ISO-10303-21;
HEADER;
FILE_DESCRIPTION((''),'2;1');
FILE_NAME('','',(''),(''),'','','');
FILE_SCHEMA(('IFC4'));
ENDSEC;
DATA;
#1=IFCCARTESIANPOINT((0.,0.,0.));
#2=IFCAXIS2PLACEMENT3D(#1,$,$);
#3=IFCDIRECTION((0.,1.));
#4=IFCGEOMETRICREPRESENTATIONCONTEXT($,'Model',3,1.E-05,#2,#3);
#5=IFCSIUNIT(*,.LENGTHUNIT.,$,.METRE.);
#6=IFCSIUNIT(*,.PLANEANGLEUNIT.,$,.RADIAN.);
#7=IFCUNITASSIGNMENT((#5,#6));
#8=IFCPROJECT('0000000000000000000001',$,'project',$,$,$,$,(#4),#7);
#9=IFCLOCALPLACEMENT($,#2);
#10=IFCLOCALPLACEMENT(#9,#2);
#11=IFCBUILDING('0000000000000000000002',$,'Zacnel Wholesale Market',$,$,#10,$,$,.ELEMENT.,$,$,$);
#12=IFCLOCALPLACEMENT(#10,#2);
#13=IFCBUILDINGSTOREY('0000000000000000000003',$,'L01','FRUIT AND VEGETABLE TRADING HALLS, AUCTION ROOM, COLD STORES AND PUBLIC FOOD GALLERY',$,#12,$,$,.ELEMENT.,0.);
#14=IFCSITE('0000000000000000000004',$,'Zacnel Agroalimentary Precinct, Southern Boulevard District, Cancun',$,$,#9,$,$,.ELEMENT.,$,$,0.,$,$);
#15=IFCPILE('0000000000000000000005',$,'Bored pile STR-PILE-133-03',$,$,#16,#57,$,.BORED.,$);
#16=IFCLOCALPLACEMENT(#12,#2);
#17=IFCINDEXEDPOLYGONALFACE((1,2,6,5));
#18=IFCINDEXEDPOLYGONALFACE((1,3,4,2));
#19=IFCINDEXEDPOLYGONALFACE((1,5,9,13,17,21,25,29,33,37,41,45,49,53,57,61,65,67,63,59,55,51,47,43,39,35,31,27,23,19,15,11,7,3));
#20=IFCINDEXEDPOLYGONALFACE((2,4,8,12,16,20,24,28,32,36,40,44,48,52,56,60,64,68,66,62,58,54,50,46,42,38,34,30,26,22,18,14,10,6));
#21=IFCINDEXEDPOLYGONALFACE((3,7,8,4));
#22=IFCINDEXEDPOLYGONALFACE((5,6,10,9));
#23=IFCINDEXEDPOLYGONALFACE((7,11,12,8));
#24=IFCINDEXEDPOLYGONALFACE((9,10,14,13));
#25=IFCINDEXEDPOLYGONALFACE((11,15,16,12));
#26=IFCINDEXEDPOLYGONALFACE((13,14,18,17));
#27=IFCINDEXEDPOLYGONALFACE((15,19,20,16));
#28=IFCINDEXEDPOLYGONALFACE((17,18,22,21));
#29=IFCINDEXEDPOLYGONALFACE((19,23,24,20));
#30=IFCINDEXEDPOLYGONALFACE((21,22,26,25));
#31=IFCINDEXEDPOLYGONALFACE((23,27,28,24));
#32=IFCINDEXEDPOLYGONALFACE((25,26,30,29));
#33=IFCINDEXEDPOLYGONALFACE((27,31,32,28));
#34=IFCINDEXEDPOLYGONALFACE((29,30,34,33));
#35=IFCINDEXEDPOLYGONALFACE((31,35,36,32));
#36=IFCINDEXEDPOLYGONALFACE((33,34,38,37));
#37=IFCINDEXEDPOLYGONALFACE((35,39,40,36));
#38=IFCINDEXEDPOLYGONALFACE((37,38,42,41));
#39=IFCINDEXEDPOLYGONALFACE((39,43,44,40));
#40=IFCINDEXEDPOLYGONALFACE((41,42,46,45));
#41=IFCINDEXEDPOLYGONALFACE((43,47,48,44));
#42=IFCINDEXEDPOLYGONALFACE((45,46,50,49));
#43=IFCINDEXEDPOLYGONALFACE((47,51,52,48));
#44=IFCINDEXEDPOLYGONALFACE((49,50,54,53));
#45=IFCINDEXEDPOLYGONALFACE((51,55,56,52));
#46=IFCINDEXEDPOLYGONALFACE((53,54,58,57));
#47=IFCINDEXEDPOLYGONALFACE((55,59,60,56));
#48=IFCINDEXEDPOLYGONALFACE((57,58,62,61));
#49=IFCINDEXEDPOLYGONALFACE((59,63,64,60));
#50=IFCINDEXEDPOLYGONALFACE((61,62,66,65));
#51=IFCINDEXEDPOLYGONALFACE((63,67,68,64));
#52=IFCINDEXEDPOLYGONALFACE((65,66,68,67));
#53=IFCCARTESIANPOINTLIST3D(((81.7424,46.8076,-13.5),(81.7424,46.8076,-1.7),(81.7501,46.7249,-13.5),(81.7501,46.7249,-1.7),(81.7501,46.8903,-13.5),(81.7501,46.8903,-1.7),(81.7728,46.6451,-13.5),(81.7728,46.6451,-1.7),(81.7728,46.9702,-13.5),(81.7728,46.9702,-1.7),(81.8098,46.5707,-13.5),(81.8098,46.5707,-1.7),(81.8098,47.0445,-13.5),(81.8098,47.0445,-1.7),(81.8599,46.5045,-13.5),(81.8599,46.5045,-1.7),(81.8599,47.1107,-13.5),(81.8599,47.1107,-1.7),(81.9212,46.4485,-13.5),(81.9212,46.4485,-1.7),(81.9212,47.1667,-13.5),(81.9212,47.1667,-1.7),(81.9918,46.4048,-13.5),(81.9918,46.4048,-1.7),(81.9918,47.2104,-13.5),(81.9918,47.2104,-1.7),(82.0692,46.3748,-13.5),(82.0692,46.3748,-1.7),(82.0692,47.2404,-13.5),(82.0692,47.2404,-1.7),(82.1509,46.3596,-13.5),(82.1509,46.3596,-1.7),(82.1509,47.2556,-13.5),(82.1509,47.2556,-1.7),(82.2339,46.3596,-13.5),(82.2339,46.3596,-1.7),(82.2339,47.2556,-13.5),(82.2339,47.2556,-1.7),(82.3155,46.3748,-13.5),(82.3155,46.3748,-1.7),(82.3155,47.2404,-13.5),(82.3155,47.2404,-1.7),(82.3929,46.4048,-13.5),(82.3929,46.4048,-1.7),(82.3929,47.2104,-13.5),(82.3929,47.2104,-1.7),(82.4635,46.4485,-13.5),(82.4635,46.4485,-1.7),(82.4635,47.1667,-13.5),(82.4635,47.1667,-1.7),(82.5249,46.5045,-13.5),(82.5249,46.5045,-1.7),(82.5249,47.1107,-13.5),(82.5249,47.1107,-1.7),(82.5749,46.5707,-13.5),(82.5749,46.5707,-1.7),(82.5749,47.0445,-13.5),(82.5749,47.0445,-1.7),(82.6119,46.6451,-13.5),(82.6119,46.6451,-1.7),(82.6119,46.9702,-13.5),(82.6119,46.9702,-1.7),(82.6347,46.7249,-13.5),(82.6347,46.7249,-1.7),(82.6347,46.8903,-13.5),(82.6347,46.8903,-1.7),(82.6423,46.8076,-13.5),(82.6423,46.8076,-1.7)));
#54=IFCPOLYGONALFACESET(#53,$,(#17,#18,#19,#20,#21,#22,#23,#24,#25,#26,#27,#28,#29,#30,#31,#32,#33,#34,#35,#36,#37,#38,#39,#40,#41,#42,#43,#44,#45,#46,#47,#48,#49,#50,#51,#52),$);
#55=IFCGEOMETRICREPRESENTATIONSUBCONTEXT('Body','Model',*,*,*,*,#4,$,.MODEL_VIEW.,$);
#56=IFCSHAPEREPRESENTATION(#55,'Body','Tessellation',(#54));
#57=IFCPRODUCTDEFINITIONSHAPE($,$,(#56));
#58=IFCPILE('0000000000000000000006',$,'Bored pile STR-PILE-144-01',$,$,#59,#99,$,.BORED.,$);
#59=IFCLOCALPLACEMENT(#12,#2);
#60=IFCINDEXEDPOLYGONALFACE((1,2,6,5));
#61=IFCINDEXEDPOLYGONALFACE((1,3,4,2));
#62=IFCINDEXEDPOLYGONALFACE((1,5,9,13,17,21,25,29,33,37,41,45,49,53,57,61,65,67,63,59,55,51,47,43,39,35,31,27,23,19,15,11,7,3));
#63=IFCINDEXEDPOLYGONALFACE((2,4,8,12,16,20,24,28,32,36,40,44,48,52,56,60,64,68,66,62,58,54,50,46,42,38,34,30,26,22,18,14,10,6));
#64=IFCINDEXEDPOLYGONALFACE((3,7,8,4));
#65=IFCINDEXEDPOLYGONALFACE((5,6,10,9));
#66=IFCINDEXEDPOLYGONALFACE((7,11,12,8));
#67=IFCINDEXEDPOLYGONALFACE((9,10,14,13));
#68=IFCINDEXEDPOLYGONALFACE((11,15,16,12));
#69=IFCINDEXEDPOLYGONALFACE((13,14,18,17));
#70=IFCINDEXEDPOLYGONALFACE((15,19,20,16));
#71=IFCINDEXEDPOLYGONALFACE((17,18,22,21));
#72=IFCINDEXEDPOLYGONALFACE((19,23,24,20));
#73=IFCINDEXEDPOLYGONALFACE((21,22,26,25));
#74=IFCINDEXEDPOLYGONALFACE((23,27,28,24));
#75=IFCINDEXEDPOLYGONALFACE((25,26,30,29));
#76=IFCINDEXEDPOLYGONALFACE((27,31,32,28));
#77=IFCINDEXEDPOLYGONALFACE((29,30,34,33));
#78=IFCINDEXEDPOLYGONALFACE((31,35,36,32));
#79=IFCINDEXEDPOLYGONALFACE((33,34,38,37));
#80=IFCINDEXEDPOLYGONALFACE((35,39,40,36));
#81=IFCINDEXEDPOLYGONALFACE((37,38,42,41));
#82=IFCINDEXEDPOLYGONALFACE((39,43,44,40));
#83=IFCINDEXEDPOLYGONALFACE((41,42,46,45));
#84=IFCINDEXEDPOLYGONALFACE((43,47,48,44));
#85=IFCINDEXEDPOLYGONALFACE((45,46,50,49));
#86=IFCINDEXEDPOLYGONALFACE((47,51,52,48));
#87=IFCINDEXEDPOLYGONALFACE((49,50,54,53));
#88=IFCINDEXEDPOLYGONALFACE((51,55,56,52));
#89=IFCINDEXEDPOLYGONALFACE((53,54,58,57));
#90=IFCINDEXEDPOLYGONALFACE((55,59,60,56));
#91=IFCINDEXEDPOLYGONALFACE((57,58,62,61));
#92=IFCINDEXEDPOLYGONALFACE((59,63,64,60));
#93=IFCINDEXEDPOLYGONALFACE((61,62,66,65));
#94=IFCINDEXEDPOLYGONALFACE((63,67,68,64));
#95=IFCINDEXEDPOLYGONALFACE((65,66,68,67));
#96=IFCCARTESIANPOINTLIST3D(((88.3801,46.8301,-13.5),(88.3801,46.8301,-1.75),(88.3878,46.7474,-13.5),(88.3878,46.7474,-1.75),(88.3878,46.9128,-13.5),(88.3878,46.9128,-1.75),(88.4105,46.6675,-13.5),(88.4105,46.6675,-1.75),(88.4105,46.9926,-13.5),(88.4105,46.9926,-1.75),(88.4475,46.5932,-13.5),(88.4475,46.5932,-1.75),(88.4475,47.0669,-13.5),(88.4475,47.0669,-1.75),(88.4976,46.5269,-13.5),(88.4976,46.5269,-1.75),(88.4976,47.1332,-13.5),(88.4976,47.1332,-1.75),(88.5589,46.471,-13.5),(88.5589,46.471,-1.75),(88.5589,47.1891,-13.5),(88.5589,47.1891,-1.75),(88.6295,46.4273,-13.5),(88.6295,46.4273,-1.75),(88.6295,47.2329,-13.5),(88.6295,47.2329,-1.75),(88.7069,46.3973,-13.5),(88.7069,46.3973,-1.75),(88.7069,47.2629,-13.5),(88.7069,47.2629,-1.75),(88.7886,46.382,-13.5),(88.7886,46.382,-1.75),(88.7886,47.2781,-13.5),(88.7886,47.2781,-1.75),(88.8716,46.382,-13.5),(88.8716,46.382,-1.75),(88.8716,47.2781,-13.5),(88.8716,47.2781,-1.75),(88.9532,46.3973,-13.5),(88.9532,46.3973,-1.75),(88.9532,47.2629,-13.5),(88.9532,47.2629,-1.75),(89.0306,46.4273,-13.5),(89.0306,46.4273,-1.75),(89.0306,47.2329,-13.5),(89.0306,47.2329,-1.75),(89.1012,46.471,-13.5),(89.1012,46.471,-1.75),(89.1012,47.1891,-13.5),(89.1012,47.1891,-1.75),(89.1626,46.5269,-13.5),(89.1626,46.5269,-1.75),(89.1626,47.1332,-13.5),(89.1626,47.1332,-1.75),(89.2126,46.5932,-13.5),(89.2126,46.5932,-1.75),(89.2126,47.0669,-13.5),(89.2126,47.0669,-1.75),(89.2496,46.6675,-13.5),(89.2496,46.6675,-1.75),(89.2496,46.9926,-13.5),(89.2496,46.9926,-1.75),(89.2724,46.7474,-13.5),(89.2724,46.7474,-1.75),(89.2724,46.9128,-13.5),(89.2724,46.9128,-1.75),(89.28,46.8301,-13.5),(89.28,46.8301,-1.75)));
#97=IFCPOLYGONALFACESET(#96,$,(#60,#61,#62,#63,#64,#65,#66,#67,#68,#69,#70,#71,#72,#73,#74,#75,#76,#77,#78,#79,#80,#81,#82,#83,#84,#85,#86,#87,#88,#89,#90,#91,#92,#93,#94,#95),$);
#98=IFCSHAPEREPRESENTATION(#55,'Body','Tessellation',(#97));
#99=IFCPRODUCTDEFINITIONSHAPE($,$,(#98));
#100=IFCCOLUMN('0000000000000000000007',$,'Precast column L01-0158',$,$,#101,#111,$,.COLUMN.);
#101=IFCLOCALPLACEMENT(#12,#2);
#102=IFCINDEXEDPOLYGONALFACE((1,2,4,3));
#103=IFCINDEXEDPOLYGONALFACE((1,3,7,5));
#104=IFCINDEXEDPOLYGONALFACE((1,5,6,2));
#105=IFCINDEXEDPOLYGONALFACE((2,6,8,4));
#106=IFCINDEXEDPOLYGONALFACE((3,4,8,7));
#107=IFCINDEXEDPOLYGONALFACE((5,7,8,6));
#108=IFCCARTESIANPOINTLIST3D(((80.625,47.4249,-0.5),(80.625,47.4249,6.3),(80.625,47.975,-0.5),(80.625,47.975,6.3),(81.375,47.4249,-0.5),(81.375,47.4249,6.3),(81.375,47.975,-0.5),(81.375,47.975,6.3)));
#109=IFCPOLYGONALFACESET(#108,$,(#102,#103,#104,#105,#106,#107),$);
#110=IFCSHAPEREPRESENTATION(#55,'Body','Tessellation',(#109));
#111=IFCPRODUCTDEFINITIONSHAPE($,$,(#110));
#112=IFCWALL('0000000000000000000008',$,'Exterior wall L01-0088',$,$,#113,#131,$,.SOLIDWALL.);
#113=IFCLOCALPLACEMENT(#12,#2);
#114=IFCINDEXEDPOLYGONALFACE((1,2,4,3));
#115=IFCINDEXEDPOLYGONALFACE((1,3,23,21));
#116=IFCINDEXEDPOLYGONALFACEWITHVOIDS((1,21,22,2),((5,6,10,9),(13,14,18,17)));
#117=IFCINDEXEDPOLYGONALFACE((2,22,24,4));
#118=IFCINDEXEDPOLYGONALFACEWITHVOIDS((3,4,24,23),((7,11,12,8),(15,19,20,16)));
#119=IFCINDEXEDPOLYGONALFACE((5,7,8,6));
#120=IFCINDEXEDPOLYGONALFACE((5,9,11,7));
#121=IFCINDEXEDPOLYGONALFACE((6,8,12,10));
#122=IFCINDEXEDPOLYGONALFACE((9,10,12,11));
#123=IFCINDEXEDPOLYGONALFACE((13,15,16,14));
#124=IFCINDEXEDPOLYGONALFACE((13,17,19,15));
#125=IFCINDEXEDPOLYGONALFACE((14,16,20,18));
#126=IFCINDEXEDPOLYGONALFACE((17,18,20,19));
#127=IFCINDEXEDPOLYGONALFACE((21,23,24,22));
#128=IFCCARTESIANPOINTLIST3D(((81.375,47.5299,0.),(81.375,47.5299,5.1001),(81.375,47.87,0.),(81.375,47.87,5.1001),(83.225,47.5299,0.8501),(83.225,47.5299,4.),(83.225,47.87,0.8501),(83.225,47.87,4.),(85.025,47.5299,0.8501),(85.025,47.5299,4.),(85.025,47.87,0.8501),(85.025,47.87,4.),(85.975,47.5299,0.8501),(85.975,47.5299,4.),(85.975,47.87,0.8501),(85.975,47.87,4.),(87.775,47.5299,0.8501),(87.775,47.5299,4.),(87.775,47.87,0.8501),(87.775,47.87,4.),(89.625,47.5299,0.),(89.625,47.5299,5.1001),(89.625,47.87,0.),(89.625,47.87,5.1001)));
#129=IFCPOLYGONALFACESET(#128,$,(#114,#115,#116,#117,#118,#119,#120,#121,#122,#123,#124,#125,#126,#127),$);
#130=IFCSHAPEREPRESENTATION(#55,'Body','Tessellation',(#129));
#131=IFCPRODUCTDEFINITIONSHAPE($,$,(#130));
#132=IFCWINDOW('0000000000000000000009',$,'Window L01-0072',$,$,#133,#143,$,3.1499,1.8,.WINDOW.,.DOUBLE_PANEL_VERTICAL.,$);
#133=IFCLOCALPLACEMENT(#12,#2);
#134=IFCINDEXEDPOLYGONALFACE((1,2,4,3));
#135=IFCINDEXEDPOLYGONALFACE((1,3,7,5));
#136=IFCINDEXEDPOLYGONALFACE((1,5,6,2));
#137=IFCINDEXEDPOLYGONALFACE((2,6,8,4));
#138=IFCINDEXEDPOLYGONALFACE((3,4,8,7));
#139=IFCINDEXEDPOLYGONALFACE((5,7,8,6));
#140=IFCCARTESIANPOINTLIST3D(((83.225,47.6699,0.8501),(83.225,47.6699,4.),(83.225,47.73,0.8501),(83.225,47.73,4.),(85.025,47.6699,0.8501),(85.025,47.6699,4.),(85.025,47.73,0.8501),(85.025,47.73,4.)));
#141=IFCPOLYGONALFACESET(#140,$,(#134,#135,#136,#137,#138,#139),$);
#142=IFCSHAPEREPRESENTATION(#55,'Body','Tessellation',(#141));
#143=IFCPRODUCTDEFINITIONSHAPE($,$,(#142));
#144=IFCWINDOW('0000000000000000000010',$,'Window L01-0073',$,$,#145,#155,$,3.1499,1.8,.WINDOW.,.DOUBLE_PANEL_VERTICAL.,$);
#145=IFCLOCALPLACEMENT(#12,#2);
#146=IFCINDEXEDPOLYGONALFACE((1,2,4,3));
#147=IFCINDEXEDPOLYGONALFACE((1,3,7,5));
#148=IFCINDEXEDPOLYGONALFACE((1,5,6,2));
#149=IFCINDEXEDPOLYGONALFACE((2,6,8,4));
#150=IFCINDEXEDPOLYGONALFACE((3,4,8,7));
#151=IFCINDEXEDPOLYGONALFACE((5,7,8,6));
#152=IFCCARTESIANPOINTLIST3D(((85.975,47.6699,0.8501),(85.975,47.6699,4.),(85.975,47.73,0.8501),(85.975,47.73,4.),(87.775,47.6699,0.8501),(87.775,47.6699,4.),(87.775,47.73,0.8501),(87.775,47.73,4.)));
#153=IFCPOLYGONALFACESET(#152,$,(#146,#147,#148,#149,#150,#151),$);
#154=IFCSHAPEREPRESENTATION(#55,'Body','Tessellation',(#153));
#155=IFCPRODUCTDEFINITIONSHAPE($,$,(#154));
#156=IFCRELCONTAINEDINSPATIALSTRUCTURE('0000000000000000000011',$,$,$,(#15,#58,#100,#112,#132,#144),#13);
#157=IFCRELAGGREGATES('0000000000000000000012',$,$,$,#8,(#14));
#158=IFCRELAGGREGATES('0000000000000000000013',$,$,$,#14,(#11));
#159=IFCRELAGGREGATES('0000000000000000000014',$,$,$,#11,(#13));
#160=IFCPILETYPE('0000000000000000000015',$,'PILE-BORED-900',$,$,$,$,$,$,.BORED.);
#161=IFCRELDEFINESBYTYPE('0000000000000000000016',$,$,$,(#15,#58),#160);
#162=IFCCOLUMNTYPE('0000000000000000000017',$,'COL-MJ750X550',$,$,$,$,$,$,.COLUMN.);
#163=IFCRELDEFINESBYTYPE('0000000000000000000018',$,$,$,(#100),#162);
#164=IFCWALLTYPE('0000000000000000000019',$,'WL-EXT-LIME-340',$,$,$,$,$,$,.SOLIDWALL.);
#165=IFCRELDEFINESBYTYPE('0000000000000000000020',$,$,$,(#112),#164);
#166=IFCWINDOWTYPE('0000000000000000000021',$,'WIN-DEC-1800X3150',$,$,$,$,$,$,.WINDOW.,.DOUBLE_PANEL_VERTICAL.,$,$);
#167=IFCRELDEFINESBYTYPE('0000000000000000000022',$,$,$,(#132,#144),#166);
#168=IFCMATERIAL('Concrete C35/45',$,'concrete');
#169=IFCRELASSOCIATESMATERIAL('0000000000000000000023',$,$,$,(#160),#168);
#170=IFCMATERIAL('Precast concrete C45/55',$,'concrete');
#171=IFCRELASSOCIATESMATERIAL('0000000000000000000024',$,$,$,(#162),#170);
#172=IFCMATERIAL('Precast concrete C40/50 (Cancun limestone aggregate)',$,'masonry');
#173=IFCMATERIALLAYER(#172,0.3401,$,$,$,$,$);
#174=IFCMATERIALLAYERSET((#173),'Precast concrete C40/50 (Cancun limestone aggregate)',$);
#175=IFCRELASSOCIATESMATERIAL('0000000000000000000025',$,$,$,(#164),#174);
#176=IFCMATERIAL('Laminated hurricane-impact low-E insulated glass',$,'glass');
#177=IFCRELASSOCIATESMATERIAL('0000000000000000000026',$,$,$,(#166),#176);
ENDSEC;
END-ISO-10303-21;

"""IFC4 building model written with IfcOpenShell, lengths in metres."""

from ifc_helpers import new_model, si_unit, direction, frame, frame_2d, origin, origin_2d, place, context, subcontext, project, spatial, rectangle, circle, extrude, material, layer, layer_set, material_profile, profile_set, type_object, element, fill, save


model = new_model("IFC4")

# Units and contexts
model_context = context("Model", 3, precision=1e-05, world=origin(), true_north=direction((0.0, 1.0)))
body_context = subcontext(model_context, "Body", "Model", "MODEL_VIEW")
ifc_project = project(units=[si_unit("LENGTHUNIT", "METRE"), si_unit("PLANEANGLEUNIT", "RADIAN")], contexts=[model_context])

# Site, building, storey
site_placement = place(None, origin())
site = spatial("IfcSite", under=ifc_project, at=site_placement, Name="Zacnel Agroalimentary Precinct, Southern Boulevard District, Cancun", CompositionType="ELEMENT", RefElevation=0.0)
building_placement = place(site_placement, origin())
building = spatial("IfcBuilding", under=site, at=building_placement, Name="Zacnel Wholesale Market", CompositionType="ELEMENT")
storey_placement = place(building_placement, origin())
storey = spatial("IfcBuildingStorey", under=building, at=storey_placement, Name="L01", Description="FRUIT AND VEGETABLE TRADING HALLS, AUCTION ROOM, COLD STORES AND PUBLIC FOOD GALLERY", CompositionType="ELEMENT", Elevation=0.0)

# Piles
ifc_material_1 = material(Name="Concrete C35/45", Category="concrete")
ifc_material_profile_1 = material_profile(ifc_material_1, circle(Radius=0.45, at=origin_2d()), Name="BORED PILE D900")
ifc_profile_set_1 = profile_set([ifc_material_profile_1], Name="Concrete C35/45")
pile_type_1 = type_object("IfcPileType", Name="PILE-BORED-900", PredefinedType="BORED", material=ifc_profile_set_1)
for number, where, z_axis, x_axis, name in (
    (1, (82.1924, 46.8076, -1.7), (0.0, 0.0, -1.0), (1.0, 0.0, 0.0), "Bored pile STR-PILE-133-03"),
):
    element("IfcPile", number, at=place(storey_placement, frame(where, z_axis=z_axis, x_axis=x_axis)), inside=storey, type_object=pile_type_1, Name=name, PredefinedType="BORED", context=body_context, shape_type="SweptSolid", body=[
        extrude(circle(Radius=0.45, at=origin_2d()), origin(), (0.0, 0.0, 1.0), 11.8),
    ])
pile_1_placement = place(storey_placement, frame((88.8301, 46.8301, -1.75), z_axis=(0.0, 0.0, -1.0), x_axis=(1.0, 0.0, 0.0)))
element("IfcPile", 2, at=pile_1_placement, inside=storey, type_object=pile_type_1, Name="Bored pile STR-PILE-144-01", PredefinedType="BORED", context=body_context, shape_type="SweptSolid", body=[
    extrude(circle(Radius=0.45, at=origin_2d()), origin(), (0.0, 0.0, 1.0), 11.75),
])

# Column
ifc_material_2 = material(Name="Precast concrete C45/55", Category="concrete")
ifc_material_profile_2 = material_profile(ifc_material_2, rectangle(XDim=0.75, YDim=0.55, at=origin_2d()), Name="PC 750x550")
ifc_profile_set_2 = profile_set([ifc_material_profile_2], Name="Precast concrete C45/55")
column_type = type_object("IfcColumnType", Name="COL-MJ750X550", PredefinedType="COLUMN", material=ifc_profile_set_2)
column_placement = place(storey_placement, frame((81.0, 47.7, -0.5), z_axis=(0.0, 0.0, 1.0), x_axis=(1.0, 0.0, 0.0)))
element("IfcColumn", 3, at=column_placement, inside=storey, type_object=column_type, Name="Precast column L01-0158", PredefinedType="COLUMN", context=body_context, shape_type="SweptSolid", body=[
    extrude(rectangle(XDim=0.75, YDim=0.55, at=origin_2d()), origin(), (0.0, 0.0, 1.0), 6.8),
])

# Wall, openings, windows
ifc_material_3 = material(Name="Precast concrete C40/50 (Cancun limestone aggregate)", Category="masonry")
ifc_layer_1 = layer(ifc_material_3, 0.3401)
ifc_layer_set_1 = layer_set([ifc_layer_1], Name="Precast concrete C40/50 (Cancun limestone aggregate)")
wall_type = type_object("IfcWallType", Name="WL-EXT-LIME-340", PredefinedType="SOLIDWALL", material=ifc_layer_set_1)
wall_1_placement = place(storey_placement, frame((81.375, 47.7, 0.0), z_axis=(0.0, 0.0, 1.0), x_axis=(1.0, 0.0, 0.0)))
wall_1 = element("IfcWall", 4, at=wall_1_placement, inside=storey, type_object=wall_type, Name="Exterior wall L01-0088", PredefinedType="SOLIDWALL", context=body_context, shape_type="SweptSolid", body=[
    extrude(rectangle(XDim=8.25, YDim=0.3401, at=frame_2d((4.125, 0.0))), origin(), (0.0, 0.0, 1.0), 5.1001),
])
opening_1_placement = place(wall_1_placement, frame((1.8501, 0.0, 0.8501)))
opening_1 = element("IfcOpeningElement", 5, at=opening_1_placement, cuts=wall_1, PredefinedType="OPENING", context=body_context, shape_type="SweptSolid", body=[
    extrude(rectangle(XDim=1.8, YDim=3.1499, at=frame_2d((0.8999, 1.575))), frame((0.0, 0.1799, 0.0), z_axis=(0.0, -1.0, 0.0), x_axis=(1.0, 0.0, 0.0)), (0.0, 0.0, 1.0), 0.3601),
])
opening_2_placement = place(wall_1_placement, frame((4.6001, 0.0, 0.8501)))
opening_2 = element("IfcOpeningElement", 6, at=opening_2_placement, cuts=wall_1, PredefinedType="OPENING", context=body_context, shape_type="SweptSolid", body=[
    extrude(rectangle(XDim=1.8, YDim=3.1499, at=frame_2d((0.8999, 1.575))), frame((0.0, 0.1799, 0.0), z_axis=(0.0, -1.0, 0.0), x_axis=(1.0, 0.0, 0.0)), (0.0, 0.0, 1.0), 0.3601),
])
ifc_material_4 = material(Name="Laminated hurricane-impact low-E insulated glass", Category="glass")
window_type_1 = type_object("IfcWindowType", Name="WIN-DEC-1800X3150", PartitioningType="DOUBLE_PANEL_VERTICAL", PredefinedType="WINDOW", material=ifc_material_4)
window_1_placement = place(opening_1_placement, origin())
window_1 = element("IfcWindow", 7, at=window_1_placement, inside=storey, type_object=window_type_1, Name="Window L01-0072", OverallHeight=3.1499, OverallWidth=1.8, PartitioningType="DOUBLE_PANEL_VERTICAL", PredefinedType="WINDOW", context=body_context, shape_type="SweptSolid", body=[
    extrude(rectangle(XDim=1.8, YDim=3.1499, at=frame_2d((0.8999, 1.575))), frame((0.0, 0.03, 0.0), z_axis=(0.0, -1.0, 0.0), x_axis=(1.0, 0.0, 0.0)), (0.0, 0.0, 1.0), 0.0601),
])
fill(opening_1, window_1)
window_2_placement = place(opening_2_placement, origin())
window_2 = element("IfcWindow", 8, at=window_2_placement, inside=storey, type_object=window_type_1, Name="Window L01-0073", OverallHeight=3.1499, OverallWidth=1.8, PartitioningType="DOUBLE_PANEL_VERTICAL", PredefinedType="WINDOW", context=body_context, shape_type="SweptSolid", body=[
    extrude(rectangle(XDim=1.8, YDim=3.1499, at=frame_2d((0.8999, 1.575))), frame((0.0, 0.03, 0.0), z_axis=(0.0, -1.0, 0.0), x_axis=(1.0, 0.0, 0.0)), (0.0, 0.0, 1.0), 0.0601),
])
fill(opening_2, window_2)

save(model, "model.ifc")
